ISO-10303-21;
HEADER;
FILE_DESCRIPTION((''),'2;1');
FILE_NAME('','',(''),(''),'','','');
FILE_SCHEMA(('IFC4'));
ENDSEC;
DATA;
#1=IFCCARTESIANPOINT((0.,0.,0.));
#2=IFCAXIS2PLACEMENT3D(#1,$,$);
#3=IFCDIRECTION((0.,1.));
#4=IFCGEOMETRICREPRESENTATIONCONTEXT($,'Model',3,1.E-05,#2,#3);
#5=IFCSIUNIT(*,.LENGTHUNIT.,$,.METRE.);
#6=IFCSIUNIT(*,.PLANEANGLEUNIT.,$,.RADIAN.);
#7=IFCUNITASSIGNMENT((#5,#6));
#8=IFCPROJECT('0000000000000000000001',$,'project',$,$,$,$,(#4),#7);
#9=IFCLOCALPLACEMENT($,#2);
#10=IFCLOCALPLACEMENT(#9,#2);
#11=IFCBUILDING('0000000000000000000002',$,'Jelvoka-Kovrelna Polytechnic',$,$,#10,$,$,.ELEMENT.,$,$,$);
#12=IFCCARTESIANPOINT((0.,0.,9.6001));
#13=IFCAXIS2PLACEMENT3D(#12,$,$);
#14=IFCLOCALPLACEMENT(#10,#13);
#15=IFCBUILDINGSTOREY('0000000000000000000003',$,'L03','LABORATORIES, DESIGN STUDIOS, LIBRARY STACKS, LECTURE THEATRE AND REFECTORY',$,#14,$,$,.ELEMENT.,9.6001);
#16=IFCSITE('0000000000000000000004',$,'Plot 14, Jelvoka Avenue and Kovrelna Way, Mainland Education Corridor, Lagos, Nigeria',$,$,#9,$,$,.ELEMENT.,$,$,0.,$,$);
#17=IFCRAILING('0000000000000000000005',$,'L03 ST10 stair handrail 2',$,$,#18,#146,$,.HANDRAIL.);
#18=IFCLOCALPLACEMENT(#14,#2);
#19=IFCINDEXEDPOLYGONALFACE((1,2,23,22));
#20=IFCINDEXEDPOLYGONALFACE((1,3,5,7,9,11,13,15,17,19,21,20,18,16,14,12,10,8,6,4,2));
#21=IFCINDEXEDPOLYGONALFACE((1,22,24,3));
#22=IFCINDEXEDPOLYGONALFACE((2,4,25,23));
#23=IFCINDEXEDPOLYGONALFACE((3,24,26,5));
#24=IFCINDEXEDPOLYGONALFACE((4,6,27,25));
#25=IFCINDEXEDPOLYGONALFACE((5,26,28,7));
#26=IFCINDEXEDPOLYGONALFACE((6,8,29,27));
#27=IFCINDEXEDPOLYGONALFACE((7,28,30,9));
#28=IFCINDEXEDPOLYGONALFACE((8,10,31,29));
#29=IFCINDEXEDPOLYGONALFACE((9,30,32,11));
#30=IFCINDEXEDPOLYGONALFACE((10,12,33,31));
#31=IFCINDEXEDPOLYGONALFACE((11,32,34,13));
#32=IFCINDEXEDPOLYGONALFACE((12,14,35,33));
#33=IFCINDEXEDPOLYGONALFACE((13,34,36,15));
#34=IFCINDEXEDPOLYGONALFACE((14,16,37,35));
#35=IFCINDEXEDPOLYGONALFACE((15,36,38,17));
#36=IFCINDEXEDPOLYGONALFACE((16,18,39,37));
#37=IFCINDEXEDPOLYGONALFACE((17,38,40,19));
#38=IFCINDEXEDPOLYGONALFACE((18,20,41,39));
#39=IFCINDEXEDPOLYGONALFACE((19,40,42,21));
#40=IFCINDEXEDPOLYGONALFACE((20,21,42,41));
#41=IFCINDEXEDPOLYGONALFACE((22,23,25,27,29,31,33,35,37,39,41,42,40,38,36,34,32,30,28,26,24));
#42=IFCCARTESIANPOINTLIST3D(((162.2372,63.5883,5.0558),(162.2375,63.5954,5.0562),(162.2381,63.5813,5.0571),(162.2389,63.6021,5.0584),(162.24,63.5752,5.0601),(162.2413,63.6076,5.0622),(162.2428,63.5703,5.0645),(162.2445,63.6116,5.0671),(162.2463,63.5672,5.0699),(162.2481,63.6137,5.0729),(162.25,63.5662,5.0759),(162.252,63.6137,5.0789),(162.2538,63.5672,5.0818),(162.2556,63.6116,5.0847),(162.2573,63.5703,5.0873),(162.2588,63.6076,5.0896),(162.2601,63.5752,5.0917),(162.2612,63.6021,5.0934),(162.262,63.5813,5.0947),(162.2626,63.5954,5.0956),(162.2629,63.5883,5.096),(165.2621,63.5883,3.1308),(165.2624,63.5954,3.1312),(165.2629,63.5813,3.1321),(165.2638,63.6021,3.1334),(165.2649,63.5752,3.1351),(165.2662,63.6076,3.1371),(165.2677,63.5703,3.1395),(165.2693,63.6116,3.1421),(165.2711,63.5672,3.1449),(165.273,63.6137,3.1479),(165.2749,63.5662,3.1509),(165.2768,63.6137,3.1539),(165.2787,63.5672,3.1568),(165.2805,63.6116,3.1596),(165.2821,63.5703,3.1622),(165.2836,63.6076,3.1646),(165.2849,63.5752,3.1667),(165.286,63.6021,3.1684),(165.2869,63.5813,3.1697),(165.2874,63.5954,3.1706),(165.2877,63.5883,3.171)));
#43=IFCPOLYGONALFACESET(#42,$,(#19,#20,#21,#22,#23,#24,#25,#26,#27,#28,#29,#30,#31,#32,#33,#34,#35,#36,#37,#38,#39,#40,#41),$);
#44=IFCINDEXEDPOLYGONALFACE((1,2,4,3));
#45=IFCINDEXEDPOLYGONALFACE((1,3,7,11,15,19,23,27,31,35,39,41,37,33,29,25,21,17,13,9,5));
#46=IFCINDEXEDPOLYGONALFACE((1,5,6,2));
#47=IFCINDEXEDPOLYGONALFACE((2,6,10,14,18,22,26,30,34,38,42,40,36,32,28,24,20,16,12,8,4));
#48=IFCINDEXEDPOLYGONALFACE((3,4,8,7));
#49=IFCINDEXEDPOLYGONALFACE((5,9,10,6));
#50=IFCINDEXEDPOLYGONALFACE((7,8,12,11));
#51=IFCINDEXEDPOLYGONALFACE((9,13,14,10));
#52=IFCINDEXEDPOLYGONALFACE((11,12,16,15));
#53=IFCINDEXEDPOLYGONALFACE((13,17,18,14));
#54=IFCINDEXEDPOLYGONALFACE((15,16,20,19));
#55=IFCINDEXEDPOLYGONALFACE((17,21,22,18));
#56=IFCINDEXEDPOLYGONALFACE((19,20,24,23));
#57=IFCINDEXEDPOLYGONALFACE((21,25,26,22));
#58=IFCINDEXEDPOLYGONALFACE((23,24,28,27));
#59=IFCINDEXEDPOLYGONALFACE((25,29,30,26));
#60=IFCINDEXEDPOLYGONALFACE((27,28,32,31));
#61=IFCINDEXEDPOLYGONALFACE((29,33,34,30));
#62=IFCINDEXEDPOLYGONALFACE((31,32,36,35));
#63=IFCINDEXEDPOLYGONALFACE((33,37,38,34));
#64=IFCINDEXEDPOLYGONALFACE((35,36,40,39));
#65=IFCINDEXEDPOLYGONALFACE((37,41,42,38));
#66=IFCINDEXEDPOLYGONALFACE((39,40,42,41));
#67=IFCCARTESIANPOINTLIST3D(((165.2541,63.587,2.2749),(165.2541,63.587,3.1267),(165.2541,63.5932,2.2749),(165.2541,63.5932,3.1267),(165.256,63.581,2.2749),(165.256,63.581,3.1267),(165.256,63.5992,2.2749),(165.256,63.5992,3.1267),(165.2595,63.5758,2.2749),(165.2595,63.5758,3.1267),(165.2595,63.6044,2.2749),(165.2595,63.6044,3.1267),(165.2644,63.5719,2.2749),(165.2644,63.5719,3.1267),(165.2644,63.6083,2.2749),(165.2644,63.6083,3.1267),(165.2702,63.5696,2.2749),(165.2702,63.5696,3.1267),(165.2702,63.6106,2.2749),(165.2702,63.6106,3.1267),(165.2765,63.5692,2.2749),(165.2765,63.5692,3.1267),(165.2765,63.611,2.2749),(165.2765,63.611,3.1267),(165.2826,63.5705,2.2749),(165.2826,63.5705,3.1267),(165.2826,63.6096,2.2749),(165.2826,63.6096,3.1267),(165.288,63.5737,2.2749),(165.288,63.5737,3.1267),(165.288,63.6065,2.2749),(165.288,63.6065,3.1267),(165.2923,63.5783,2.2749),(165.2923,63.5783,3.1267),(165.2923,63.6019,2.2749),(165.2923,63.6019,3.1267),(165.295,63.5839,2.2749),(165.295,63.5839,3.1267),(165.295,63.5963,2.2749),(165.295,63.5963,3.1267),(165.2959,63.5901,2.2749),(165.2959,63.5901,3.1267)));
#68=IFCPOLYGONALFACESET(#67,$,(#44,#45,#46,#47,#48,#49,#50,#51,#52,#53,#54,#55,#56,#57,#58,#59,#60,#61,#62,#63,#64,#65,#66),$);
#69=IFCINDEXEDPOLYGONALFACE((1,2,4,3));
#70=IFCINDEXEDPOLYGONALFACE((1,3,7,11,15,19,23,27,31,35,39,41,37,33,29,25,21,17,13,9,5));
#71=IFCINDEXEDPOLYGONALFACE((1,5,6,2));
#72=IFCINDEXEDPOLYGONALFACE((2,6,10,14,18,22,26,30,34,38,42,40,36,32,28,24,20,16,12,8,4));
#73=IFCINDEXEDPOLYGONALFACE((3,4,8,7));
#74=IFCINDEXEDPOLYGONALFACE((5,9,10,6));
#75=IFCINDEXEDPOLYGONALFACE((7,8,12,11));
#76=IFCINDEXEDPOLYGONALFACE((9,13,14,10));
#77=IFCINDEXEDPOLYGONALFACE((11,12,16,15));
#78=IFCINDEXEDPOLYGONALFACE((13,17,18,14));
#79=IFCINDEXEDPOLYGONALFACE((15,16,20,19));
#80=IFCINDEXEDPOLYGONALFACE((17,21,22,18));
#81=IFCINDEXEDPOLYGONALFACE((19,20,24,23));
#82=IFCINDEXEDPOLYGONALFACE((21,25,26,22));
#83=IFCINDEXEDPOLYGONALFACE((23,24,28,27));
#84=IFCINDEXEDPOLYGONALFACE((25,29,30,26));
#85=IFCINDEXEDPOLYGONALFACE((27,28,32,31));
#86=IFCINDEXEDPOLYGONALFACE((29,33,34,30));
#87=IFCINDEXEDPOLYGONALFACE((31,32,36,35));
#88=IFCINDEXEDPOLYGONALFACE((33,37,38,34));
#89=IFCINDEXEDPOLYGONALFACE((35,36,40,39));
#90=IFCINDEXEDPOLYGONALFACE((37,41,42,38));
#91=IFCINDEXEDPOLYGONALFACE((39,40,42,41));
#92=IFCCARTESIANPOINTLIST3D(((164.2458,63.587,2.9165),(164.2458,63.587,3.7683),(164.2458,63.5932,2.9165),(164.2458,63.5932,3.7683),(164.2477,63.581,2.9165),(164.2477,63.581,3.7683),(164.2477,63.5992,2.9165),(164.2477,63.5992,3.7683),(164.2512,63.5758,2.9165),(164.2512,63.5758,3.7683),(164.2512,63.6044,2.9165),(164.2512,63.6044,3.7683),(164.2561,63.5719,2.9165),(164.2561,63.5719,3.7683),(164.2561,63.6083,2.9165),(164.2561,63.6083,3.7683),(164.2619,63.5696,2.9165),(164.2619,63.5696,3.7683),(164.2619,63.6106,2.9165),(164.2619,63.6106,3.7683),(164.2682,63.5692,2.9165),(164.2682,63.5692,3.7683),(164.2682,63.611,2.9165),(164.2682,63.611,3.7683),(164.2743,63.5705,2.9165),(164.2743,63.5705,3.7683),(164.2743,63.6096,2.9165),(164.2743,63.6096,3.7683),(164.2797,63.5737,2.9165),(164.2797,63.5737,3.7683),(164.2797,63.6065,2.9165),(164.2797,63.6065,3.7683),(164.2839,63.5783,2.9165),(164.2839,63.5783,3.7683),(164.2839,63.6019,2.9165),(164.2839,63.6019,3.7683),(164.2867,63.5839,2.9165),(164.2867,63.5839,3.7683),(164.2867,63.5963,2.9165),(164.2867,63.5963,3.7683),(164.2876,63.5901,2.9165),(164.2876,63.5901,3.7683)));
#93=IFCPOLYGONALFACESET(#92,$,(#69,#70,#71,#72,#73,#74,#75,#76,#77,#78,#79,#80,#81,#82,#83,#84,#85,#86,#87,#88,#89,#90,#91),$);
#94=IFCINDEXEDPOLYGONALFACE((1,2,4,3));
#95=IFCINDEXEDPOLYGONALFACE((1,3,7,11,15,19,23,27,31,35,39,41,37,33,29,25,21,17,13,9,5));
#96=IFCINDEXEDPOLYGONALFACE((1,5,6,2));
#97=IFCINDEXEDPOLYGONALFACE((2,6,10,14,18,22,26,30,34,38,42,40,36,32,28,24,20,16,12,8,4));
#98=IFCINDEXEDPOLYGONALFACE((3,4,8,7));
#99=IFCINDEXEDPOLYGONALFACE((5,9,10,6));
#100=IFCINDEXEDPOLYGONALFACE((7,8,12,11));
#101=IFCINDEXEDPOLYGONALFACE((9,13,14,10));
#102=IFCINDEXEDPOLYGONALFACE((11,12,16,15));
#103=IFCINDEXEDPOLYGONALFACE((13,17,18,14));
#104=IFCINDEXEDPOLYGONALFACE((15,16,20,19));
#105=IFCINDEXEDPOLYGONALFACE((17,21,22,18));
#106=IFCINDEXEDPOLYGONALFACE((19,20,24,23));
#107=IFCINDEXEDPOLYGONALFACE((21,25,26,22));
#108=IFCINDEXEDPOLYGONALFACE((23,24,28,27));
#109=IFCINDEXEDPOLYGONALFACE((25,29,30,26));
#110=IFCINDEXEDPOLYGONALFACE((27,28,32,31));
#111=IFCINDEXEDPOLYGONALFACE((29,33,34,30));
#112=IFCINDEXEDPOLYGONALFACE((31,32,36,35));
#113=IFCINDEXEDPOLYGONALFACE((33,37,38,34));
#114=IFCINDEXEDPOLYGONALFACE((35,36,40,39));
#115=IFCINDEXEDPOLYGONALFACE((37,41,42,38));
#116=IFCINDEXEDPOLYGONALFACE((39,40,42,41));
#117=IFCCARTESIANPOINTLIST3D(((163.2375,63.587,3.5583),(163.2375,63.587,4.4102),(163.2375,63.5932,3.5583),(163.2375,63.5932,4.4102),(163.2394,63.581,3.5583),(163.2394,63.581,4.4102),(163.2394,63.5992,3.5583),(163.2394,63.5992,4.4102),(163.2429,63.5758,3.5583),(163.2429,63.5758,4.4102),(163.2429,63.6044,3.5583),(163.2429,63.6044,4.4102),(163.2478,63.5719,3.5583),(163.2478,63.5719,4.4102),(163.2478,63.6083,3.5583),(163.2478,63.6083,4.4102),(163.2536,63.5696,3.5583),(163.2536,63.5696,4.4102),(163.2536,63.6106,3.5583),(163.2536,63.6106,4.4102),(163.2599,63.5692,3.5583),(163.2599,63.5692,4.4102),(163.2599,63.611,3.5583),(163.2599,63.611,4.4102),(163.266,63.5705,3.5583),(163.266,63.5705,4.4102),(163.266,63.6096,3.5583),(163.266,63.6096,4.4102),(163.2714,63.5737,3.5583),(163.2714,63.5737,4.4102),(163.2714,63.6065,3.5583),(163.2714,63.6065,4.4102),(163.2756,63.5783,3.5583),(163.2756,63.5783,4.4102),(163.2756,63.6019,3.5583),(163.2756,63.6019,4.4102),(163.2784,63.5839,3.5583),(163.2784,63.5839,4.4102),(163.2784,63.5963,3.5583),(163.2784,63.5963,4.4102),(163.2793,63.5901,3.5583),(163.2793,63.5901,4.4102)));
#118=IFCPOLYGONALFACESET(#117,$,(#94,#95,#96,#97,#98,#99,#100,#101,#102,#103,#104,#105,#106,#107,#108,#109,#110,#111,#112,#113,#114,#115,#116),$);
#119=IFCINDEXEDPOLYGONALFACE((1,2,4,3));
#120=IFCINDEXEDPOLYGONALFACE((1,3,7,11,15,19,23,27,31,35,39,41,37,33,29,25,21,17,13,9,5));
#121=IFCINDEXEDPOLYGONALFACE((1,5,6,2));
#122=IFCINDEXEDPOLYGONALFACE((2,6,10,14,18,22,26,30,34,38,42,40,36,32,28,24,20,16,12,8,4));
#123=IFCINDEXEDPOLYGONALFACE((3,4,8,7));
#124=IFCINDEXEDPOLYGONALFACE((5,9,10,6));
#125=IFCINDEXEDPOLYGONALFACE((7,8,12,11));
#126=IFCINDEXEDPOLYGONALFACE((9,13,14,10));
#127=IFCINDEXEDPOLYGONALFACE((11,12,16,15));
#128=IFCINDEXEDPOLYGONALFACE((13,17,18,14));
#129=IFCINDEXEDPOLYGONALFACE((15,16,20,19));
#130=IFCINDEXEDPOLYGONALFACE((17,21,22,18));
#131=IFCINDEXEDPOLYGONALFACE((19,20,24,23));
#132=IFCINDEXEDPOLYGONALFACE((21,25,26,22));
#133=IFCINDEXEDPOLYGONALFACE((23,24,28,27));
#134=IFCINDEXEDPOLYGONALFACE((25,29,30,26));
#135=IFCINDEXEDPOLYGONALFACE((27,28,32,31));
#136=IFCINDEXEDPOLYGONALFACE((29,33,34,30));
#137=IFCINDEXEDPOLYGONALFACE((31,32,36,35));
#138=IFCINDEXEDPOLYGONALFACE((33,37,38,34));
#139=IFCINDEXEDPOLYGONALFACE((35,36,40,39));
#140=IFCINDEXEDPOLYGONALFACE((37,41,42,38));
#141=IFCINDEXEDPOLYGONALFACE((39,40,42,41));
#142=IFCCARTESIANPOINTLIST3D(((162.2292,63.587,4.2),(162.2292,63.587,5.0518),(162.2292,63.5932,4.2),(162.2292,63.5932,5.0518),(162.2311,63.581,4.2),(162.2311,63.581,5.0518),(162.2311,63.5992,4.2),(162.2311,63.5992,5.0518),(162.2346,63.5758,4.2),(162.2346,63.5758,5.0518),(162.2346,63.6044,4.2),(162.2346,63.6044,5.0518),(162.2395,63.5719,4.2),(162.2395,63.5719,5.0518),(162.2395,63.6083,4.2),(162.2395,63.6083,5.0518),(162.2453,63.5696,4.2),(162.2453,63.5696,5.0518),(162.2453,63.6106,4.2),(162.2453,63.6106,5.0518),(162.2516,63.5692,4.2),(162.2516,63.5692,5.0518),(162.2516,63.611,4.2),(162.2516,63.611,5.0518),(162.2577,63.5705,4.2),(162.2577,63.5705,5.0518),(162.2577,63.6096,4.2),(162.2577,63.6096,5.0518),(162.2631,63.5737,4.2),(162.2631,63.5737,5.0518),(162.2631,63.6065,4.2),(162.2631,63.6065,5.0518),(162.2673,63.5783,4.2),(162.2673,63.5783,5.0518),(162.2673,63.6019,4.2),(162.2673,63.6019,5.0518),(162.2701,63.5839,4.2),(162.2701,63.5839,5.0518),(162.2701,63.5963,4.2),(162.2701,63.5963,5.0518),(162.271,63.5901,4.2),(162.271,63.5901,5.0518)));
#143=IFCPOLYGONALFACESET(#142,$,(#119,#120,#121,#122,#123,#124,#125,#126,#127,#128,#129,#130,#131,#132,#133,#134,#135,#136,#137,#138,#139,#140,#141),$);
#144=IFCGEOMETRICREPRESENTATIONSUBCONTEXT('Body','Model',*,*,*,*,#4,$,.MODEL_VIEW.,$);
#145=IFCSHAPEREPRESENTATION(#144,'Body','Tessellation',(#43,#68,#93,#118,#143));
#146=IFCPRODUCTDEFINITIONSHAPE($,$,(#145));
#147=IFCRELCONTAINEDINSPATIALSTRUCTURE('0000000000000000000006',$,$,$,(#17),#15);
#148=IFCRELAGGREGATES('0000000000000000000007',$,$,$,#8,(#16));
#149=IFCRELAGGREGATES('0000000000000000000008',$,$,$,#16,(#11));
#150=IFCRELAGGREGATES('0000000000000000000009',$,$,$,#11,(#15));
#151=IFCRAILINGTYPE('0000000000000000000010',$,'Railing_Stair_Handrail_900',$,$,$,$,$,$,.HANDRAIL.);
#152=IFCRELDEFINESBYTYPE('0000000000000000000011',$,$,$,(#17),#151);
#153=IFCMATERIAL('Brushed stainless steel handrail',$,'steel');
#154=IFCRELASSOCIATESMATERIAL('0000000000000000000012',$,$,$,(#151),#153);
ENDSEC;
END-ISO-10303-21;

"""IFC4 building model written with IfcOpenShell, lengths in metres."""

from ifc_helpers import new_model, si_unit, direction, frame, origin, origin_2d, place, context, subcontext, project, spatial, circle, extrude, material, type_object, element, save


model = new_model("IFC4")

# Units and contexts
model_context = context("Model", 3, precision=1e-05, world=origin(), true_north=direction((0.0, 1.0)))
body_context = subcontext(model_context, "Body", "Model", "MODEL_VIEW")
ifc_project = project(units=[si_unit("LENGTHUNIT", "METRE"), si_unit("PLANEANGLEUNIT", "RADIAN")], contexts=[model_context])

# Site, building, storey
site_placement = place(None, origin())
site = spatial("IfcSite", under=ifc_project, at=site_placement, Name="Plot 14, Jelvoka Avenue and Kovrelna Way, Mainland Education Corridor, Lagos, Nigeria", CompositionType="ELEMENT", RefElevation=0.0)
building_placement = place(site_placement, origin())
building = spatial("IfcBuilding", under=site, at=building_placement, Name="Jelvoka-Kovrelna Polytechnic", CompositionType="ELEMENT")
storey_placement = place(building_placement, frame((0.0, 0.0, 9.6001)))
storey = spatial("IfcBuildingStorey", under=building, at=storey_placement, Name="L03", Description="LABORATORIES, DESIGN STUDIOS, LIBRARY STACKS, LECTURE THEATRE AND REFECTORY", CompositionType="ELEMENT", Elevation=9.6001)

# Railing
ifc_material_1 = material(Name="Brushed stainless steel handrail", Category="steel")
railing_type_1 = type_object("IfcRailingType", Name="Railing_Stair_Handrail_900", PredefinedType="HANDRAIL", material=ifc_material_1)
railing_1_placement = place(storey_placement, frame((165.2749, 63.5901, 2.2749)))
element("IfcRailing", 1, at=railing_1_placement, inside=storey, type_object=railing_type_1, Name="L03 ST10 stair handrail 2", PredefinedType="HANDRAIL", context=body_context, shape_type="SweptSolid", body=[
    extrude(circle(Radius=0.0239, at=origin_2d()), frame((0.0, 0.0, 0.876), z_axis=(-0.843647, 0.0, 0.536898), x_axis=(0.0, -1.0, 0.0)), (0.0, 0.0, 1.0), 3.5854),
    extrude(circle(Radius=0.021, at=origin_2d()), origin(), (0.0, 0.0, 1.0), 0.8518),
    extrude(circle(Radius=0.021, at=origin_2d()), frame((-1.0083, 0.0, 0.6416)), (0.0, 0.0, 1.0), 0.8518),
    extrude(circle(Radius=0.021, at=origin_2d()), frame((-2.0166, 0.0, 1.2834)), (0.0, 0.0, 1.0), 0.8518),
    extrude(circle(Radius=0.021, at=origin_2d()), frame((-3.0249, 0.0, 1.925)), (0.0, 0.0, 1.0), 0.8518),
])

save(model, "model.ifc")
